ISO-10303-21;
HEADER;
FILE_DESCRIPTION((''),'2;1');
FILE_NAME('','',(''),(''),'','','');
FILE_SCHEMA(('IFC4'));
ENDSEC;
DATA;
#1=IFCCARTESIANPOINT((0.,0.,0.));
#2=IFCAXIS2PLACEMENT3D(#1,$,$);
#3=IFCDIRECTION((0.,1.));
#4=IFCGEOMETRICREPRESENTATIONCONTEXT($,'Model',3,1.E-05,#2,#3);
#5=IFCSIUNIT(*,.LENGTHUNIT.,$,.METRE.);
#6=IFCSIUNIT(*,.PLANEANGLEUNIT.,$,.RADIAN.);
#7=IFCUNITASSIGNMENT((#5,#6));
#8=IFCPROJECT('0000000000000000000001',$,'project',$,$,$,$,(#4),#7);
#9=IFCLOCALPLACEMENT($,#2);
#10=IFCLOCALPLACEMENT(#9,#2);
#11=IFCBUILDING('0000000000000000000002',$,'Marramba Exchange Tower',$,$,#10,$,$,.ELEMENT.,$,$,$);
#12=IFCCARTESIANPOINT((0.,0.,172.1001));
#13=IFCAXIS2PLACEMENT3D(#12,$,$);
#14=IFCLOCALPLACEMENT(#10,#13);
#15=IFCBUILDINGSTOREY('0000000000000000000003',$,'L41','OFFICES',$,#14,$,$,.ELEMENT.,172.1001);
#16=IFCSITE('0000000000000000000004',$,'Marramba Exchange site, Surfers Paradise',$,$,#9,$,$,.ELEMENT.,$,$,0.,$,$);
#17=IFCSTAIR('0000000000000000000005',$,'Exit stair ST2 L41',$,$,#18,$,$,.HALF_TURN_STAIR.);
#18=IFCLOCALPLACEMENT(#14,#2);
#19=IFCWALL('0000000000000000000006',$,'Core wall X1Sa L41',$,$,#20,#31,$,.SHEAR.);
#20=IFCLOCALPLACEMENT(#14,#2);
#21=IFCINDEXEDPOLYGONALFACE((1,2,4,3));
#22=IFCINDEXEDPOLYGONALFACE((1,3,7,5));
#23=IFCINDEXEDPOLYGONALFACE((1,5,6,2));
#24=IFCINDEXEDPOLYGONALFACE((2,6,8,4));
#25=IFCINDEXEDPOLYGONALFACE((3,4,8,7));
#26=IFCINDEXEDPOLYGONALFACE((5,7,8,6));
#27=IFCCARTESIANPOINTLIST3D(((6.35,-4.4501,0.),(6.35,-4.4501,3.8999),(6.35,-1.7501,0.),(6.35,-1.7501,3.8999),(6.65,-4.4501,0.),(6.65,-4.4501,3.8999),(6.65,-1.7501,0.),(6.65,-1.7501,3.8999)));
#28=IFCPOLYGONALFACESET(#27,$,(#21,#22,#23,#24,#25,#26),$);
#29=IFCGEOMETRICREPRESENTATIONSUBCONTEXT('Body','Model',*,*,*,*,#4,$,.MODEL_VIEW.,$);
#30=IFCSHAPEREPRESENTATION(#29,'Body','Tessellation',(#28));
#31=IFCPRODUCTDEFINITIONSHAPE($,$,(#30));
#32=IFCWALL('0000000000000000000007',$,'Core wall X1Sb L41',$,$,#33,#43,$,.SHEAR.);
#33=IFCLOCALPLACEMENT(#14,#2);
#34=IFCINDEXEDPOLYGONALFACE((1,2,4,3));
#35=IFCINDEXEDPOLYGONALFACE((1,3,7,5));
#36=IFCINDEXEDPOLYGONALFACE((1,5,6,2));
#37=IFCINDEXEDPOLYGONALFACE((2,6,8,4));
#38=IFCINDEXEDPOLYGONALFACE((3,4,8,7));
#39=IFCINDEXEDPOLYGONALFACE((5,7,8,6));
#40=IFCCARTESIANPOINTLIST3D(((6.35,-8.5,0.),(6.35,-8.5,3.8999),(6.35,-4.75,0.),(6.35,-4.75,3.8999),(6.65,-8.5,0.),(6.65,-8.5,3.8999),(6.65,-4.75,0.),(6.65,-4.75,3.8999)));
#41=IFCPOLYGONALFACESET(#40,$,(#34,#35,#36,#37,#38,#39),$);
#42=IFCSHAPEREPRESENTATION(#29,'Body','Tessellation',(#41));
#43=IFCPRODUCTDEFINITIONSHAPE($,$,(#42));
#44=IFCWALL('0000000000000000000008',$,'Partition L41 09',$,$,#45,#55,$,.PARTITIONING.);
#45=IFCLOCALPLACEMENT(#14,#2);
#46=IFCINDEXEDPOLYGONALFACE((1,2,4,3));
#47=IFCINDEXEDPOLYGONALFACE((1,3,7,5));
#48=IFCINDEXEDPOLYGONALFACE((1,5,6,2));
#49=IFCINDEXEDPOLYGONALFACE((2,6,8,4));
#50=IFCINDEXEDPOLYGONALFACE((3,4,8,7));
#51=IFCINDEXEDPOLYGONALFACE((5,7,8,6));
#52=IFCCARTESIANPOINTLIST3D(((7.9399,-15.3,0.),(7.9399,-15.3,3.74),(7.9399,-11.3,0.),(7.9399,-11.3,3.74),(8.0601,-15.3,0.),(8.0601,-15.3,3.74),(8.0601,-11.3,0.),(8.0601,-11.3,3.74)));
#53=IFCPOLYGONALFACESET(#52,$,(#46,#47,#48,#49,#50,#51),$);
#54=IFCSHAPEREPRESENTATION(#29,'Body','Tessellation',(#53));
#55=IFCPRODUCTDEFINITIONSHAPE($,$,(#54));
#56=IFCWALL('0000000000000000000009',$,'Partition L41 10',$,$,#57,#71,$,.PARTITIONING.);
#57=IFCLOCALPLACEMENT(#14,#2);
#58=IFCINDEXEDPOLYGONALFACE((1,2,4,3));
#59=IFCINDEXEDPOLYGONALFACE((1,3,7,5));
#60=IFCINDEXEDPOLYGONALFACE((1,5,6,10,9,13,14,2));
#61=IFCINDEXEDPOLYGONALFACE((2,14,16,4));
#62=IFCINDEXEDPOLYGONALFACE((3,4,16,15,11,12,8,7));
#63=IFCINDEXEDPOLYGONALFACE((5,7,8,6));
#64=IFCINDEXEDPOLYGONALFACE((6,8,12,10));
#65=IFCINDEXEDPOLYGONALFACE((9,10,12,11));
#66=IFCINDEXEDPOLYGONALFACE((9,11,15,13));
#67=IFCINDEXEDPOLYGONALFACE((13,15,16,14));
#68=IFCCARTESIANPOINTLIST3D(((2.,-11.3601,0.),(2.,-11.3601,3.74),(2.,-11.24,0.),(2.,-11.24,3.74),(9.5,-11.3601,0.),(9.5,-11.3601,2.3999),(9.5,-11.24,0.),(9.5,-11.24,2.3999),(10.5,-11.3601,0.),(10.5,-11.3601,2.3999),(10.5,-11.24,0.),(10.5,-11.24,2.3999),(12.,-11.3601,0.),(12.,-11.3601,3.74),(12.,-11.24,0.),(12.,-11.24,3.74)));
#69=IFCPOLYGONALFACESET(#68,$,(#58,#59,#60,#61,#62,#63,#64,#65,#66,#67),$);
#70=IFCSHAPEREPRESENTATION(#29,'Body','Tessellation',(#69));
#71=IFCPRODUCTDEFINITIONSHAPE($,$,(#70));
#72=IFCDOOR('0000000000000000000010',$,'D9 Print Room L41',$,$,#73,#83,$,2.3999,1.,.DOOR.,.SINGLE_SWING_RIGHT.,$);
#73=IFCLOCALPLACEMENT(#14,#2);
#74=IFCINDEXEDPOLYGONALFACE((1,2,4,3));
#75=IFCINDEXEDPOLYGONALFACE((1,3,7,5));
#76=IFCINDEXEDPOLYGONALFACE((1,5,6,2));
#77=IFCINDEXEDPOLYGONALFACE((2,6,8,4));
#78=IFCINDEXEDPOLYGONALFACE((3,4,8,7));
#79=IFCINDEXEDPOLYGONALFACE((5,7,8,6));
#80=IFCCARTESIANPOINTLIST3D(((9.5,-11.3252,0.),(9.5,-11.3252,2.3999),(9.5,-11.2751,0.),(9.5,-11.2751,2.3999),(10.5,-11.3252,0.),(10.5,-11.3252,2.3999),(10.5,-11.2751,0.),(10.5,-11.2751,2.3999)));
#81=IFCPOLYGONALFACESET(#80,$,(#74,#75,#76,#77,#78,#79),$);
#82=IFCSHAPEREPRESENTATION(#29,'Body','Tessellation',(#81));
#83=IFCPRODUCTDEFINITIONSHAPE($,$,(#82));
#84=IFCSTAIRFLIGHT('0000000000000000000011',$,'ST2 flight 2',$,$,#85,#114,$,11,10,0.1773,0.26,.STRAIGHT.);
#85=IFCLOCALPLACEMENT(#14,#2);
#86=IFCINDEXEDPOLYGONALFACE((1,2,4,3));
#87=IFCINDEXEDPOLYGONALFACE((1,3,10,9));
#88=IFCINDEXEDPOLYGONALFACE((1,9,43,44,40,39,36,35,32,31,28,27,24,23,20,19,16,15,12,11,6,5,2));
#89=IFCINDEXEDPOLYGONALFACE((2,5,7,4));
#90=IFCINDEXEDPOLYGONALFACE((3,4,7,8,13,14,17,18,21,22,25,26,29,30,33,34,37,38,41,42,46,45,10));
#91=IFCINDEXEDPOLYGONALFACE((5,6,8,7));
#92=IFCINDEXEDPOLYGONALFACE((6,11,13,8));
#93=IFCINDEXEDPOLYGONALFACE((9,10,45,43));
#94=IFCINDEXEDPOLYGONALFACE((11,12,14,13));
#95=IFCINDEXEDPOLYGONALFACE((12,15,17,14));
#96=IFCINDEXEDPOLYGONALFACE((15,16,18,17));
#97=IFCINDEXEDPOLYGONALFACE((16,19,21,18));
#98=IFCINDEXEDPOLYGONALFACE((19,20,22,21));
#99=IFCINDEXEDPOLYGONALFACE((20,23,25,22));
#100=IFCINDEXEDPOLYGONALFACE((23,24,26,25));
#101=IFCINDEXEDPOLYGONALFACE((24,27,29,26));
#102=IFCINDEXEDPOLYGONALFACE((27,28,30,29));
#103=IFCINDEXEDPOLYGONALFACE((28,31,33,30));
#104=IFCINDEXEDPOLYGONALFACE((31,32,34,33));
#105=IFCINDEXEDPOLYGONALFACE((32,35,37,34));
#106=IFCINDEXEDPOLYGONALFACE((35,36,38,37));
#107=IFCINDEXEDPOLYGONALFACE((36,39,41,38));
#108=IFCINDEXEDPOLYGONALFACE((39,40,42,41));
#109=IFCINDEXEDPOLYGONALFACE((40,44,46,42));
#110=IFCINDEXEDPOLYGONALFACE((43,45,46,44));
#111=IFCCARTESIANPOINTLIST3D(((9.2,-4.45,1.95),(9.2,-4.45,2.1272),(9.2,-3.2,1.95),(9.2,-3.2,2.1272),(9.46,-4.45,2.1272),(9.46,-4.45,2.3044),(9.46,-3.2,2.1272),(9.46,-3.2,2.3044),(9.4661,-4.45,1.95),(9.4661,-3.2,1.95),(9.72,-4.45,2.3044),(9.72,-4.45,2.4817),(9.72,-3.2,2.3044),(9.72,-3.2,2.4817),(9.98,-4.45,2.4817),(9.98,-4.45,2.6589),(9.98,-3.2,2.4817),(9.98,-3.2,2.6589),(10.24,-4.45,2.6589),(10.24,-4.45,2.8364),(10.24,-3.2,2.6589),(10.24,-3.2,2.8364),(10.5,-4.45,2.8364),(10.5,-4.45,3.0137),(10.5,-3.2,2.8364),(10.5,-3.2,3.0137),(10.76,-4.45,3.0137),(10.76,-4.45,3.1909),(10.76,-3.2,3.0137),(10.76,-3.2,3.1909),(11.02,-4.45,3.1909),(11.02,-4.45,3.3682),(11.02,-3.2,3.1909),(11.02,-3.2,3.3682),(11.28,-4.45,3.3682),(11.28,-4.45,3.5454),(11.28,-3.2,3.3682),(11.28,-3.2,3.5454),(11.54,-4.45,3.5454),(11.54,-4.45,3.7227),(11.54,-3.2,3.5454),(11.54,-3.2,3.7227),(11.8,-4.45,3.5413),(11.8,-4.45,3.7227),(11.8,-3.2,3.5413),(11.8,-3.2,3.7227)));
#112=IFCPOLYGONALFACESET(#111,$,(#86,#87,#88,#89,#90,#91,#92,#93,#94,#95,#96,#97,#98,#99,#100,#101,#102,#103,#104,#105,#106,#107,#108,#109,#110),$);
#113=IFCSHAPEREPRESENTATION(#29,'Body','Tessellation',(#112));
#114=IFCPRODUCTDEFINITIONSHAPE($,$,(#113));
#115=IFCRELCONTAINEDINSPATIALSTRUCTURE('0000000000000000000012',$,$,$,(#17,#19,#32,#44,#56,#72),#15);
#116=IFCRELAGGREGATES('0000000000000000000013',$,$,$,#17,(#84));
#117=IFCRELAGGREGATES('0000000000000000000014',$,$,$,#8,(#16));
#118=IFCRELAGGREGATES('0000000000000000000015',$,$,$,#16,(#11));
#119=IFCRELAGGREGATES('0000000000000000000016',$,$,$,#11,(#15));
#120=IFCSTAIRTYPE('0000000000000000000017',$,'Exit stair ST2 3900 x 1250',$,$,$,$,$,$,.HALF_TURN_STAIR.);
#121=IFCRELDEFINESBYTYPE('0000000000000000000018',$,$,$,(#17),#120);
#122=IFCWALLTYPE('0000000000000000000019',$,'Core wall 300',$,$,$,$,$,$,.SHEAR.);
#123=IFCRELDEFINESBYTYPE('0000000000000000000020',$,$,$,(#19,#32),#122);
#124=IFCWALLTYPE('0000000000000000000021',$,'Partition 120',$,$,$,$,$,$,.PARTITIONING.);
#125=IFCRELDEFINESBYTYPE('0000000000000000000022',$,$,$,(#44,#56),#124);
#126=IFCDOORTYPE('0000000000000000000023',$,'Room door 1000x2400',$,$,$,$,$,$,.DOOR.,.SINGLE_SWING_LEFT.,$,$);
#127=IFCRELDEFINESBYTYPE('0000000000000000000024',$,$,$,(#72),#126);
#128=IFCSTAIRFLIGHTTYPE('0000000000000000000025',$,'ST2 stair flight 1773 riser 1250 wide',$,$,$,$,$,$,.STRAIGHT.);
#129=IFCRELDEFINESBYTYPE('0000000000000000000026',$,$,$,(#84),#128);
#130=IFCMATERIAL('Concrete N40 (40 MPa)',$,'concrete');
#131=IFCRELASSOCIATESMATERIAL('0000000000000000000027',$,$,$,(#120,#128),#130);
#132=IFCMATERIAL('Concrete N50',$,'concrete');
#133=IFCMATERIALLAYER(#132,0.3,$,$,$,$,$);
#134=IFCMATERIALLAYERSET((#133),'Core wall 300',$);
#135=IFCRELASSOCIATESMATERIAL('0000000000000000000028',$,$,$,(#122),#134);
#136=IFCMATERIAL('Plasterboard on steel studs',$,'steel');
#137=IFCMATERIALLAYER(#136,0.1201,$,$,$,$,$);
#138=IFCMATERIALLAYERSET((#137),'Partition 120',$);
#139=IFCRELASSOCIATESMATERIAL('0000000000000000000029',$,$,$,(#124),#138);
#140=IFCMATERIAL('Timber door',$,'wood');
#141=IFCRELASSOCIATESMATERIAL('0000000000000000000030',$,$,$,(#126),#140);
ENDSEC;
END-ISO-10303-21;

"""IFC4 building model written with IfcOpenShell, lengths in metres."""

from ifc_helpers import new_model, si_unit, direction, frame, frame_2d, origin, place, context, subcontext, project, spatial, polyline, rectangle, outline, extrude, material, layer, layer_set, type_object, element, fill, aggregate, save


model = new_model("IFC4")

# Units and contexts
model_context = context("Model", 3, precision=1e-05, world=origin(), true_north=direction((0.0, 1.0)))
body_context = subcontext(model_context, "Body", "Model", "MODEL_VIEW")
ifc_project = project(units=[si_unit("LENGTHUNIT", "METRE"), si_unit("PLANEANGLEUNIT", "RADIAN")], contexts=[model_context])

# Site, building, storey
site_placement = place(None, origin())
site = spatial("IfcSite", under=ifc_project, at=site_placement, Name="Marramba Exchange site, Surfers Paradise", CompositionType="ELEMENT", RefElevation=0.0)
building_placement = place(site_placement, origin())
building = spatial("IfcBuilding", under=site, at=building_placement, Name="Marramba Exchange Tower", CompositionType="ELEMENT")
storey_placement = place(building_placement, frame((0.0, 0.0, 172.1001)))
storey = spatial("IfcBuildingStorey", under=building, at=storey_placement, Name="L41", Description="OFFICES", CompositionType="ELEMENT", Elevation=172.1001)

# Stair
ifc_material_1 = material(Name="Concrete N40 (40 MPa)", Category="concrete")
stair_type_1 = type_object("IfcStairType", Name="Exit stair ST2 3900 x 1250", PredefinedType="HALF_TURN_STAIR", material=ifc_material_1)
stair_1_placement = place(storey_placement, origin())
stair_1 = element("IfcStair", 1, at=stair_1_placement, inside=storey, type_object=stair_type_1, Name="Exit stair ST2 L41", PredefinedType="HALF_TURN_STAIR")

# Walls
ifc_material_2 = material(Name="Concrete N50", Category="concrete")
ifc_layer_1 = layer(ifc_material_2, 0.3)
ifc_layer_set_1 = layer_set([ifc_layer_1], Name="Core wall 300")
wall_type_1 = type_object("IfcWallType", Name="Core wall 300", PredefinedType="SHEAR", material=ifc_layer_set_1)
wall_1_placement = place(storey_placement, frame((6.5, -1.75, 0.0), z_axis=(0.0, 0.0, 1.0), x_axis=(0.0, -1.0, 0.0)))
element("IfcWall", 2, at=wall_1_placement, inside=storey, type_object=wall_type_1, Name="Core wall X1Sa L41", PredefinedType="SHEAR", context=body_context, shape_type="SweptSolid", body=[
    extrude(rectangle(XDim=2.7, YDim=0.3, at=frame_2d((1.3501, 0.0))), origin(), (0.0, 0.0, 1.0), 3.8999),
])
wall_2_placement = place(storey_placement, frame((6.5, -4.75, 0.0), z_axis=(0.0, 0.0, 1.0), x_axis=(0.0, -1.0, 0.0)))
element("IfcWall", 3, at=wall_2_placement, inside=storey, type_object=wall_type_1, Name="Core wall X1Sb L41", PredefinedType="SHEAR", context=body_context, shape_type="SweptSolid", body=[
    extrude(rectangle(XDim=3.75, YDim=0.3, at=frame_2d((1.875, 0.0))), origin(), (0.0, 0.0, 1.0), 3.8999),
])
ifc_material_3 = material(Name="Plasterboard on steel studs", Category="steel")
ifc_layer_2 = layer(ifc_material_3, 0.1201)
ifc_layer_set_2 = layer_set([ifc_layer_2], Name="Partition 120")
wall_type_2 = type_object("IfcWallType", Name="Partition 120", PredefinedType="PARTITIONING", material=ifc_layer_set_2)
wall_3_placement = place(storey_placement, frame((8.0, -11.3, 0.0), z_axis=(0.0, 0.0, 1.0), x_axis=(0.0, -1.0, 0.0)))
element("IfcWall", 4, at=wall_3_placement, inside=storey, type_object=wall_type_2, Name="Partition L41 09", PredefinedType="PARTITIONING", context=body_context, shape_type="SweptSolid", body=[
    extrude(rectangle(XDim=4.0, YDim=0.1201, at=frame_2d((2.0, 0.0))), origin(), (0.0, 0.0, 1.0), 3.74),
])

# Wall, opening, door
wall_4_placement = place(storey_placement, frame((2.0, -11.3, 0.0), z_axis=(0.0, 0.0, 1.0), x_axis=(1.0, 0.0, 0.0)))
wall_4 = element("IfcWall", 5, at=wall_4_placement, inside=storey, type_object=wall_type_2, Name="Partition L41 10", PredefinedType="PARTITIONING", context=body_context, shape_type="SweptSolid", body=[
    extrude(rectangle(XDim=10.0, YDim=0.1201, at=frame_2d((5.0, 0.0))), origin(), (0.0, 0.0, 1.0), 3.74),
])
opening_1_placement = place(wall_4_placement, frame((7.5, 0.0, 0.0)))
opening_1 = element("IfcOpeningElement", 6, at=opening_1_placement, cuts=wall_4, PredefinedType="OPENING", context=body_context, shape_type="SweptSolid", body=[
    extrude(rectangle(XDim=1.0, YDim=2.3999, at=frame_2d((0.5, 1.2))), frame((0.0, 0.0701, 0.0), z_axis=(0.0, -1.0, 0.0), x_axis=(1.0, 0.0, 0.0)), (0.0, 0.0, 1.0), 0.1401),
])
ifc_material_4 = material(Name="Timber door", Category="wood")
door_type = type_object("IfcDoorType", Name="Room door 1000x2400", OperationType="SINGLE_SWING_LEFT", PredefinedType="DOOR", material=ifc_material_4)
door_1_placement = place(opening_1_placement, frame((1.0, 0.0, 0.0), z_axis=(0.0, 0.0, 1.0), x_axis=(-1.0, 0.0, 0.0)))
door_1 = element("IfcDoor", 7, at=door_1_placement, inside=storey, type_object=door_type, Name="D9 Print Room L41", OperationType="SINGLE_SWING_RIGHT", OverallHeight=2.3999, OverallWidth=1.0, PredefinedType="DOOR", context=body_context, shape_type="SweptSolid", body=[
    extrude(rectangle(XDim=1.0, YDim=2.3999, at=frame_2d((0.5, 1.2))), frame((0.0, 0.0251, 0.0), z_axis=(0.0, -1.0, 0.0), x_axis=(1.0, 0.0, 0.0)), (0.0, 0.0, 1.0), 0.05),
])
fill(opening_1, door_1)

# Stair flight
stair_flight_type = type_object("IfcStairFlightType", Name="ST2 stair flight 1773 riser 1250 wide", PredefinedType="STRAIGHT", material=ifc_material_1)
stair_flight_placement = place(storey_placement, frame((9.2, -3.825, 1.95), z_axis=(0.0, 0.0, 1.0), x_axis=(1.0, 0.0, 0.0)))
stair_flight = element("IfcStairFlight", 8, at=stair_flight_placement, type_object=stair_flight_type, Name="ST2 flight 2", NumberOfRisers=11, NumberOfTreads=10, PredefinedType="STRAIGHT", RiserHeight=0.1773, TreadLength=0.26, context=body_context, shape_type="SweptSolid", body=[
    extrude(outline(polyline([(0.0, 0.0), (0.0, 0.1772), (0.26, 0.1772), (0.26, 0.3545), (0.52, 0.3545), (0.52, 0.5317), (0.78, 0.5317), (0.78, 0.709), (1.04, 0.709), (1.04, 0.8865), (1.3, 0.8865), (1.3, 1.0637), (1.5601, 1.0637), (1.5601, 1.241), (1.8201, 1.241), (1.8201, 1.4182), (2.0801, 1.4182), (2.0801, 1.5955), (2.3401, 1.5955), (2.3401, 1.7727), (2.6001, 1.7727), (2.6001, 1.95), (2.6001, 1.5913), (0.2661, 0.0), (0.0, 0.0)])), frame((0.0, 0.625, 0.0), z_axis=(0.0, -1.0, 0.0), x_axis=(1.0, 0.0, 0.0)), (0.0, 0.0, 1.0), 1.25),
])
aggregate(stair_1, [stair_flight])

save(model, "model.ifc")
